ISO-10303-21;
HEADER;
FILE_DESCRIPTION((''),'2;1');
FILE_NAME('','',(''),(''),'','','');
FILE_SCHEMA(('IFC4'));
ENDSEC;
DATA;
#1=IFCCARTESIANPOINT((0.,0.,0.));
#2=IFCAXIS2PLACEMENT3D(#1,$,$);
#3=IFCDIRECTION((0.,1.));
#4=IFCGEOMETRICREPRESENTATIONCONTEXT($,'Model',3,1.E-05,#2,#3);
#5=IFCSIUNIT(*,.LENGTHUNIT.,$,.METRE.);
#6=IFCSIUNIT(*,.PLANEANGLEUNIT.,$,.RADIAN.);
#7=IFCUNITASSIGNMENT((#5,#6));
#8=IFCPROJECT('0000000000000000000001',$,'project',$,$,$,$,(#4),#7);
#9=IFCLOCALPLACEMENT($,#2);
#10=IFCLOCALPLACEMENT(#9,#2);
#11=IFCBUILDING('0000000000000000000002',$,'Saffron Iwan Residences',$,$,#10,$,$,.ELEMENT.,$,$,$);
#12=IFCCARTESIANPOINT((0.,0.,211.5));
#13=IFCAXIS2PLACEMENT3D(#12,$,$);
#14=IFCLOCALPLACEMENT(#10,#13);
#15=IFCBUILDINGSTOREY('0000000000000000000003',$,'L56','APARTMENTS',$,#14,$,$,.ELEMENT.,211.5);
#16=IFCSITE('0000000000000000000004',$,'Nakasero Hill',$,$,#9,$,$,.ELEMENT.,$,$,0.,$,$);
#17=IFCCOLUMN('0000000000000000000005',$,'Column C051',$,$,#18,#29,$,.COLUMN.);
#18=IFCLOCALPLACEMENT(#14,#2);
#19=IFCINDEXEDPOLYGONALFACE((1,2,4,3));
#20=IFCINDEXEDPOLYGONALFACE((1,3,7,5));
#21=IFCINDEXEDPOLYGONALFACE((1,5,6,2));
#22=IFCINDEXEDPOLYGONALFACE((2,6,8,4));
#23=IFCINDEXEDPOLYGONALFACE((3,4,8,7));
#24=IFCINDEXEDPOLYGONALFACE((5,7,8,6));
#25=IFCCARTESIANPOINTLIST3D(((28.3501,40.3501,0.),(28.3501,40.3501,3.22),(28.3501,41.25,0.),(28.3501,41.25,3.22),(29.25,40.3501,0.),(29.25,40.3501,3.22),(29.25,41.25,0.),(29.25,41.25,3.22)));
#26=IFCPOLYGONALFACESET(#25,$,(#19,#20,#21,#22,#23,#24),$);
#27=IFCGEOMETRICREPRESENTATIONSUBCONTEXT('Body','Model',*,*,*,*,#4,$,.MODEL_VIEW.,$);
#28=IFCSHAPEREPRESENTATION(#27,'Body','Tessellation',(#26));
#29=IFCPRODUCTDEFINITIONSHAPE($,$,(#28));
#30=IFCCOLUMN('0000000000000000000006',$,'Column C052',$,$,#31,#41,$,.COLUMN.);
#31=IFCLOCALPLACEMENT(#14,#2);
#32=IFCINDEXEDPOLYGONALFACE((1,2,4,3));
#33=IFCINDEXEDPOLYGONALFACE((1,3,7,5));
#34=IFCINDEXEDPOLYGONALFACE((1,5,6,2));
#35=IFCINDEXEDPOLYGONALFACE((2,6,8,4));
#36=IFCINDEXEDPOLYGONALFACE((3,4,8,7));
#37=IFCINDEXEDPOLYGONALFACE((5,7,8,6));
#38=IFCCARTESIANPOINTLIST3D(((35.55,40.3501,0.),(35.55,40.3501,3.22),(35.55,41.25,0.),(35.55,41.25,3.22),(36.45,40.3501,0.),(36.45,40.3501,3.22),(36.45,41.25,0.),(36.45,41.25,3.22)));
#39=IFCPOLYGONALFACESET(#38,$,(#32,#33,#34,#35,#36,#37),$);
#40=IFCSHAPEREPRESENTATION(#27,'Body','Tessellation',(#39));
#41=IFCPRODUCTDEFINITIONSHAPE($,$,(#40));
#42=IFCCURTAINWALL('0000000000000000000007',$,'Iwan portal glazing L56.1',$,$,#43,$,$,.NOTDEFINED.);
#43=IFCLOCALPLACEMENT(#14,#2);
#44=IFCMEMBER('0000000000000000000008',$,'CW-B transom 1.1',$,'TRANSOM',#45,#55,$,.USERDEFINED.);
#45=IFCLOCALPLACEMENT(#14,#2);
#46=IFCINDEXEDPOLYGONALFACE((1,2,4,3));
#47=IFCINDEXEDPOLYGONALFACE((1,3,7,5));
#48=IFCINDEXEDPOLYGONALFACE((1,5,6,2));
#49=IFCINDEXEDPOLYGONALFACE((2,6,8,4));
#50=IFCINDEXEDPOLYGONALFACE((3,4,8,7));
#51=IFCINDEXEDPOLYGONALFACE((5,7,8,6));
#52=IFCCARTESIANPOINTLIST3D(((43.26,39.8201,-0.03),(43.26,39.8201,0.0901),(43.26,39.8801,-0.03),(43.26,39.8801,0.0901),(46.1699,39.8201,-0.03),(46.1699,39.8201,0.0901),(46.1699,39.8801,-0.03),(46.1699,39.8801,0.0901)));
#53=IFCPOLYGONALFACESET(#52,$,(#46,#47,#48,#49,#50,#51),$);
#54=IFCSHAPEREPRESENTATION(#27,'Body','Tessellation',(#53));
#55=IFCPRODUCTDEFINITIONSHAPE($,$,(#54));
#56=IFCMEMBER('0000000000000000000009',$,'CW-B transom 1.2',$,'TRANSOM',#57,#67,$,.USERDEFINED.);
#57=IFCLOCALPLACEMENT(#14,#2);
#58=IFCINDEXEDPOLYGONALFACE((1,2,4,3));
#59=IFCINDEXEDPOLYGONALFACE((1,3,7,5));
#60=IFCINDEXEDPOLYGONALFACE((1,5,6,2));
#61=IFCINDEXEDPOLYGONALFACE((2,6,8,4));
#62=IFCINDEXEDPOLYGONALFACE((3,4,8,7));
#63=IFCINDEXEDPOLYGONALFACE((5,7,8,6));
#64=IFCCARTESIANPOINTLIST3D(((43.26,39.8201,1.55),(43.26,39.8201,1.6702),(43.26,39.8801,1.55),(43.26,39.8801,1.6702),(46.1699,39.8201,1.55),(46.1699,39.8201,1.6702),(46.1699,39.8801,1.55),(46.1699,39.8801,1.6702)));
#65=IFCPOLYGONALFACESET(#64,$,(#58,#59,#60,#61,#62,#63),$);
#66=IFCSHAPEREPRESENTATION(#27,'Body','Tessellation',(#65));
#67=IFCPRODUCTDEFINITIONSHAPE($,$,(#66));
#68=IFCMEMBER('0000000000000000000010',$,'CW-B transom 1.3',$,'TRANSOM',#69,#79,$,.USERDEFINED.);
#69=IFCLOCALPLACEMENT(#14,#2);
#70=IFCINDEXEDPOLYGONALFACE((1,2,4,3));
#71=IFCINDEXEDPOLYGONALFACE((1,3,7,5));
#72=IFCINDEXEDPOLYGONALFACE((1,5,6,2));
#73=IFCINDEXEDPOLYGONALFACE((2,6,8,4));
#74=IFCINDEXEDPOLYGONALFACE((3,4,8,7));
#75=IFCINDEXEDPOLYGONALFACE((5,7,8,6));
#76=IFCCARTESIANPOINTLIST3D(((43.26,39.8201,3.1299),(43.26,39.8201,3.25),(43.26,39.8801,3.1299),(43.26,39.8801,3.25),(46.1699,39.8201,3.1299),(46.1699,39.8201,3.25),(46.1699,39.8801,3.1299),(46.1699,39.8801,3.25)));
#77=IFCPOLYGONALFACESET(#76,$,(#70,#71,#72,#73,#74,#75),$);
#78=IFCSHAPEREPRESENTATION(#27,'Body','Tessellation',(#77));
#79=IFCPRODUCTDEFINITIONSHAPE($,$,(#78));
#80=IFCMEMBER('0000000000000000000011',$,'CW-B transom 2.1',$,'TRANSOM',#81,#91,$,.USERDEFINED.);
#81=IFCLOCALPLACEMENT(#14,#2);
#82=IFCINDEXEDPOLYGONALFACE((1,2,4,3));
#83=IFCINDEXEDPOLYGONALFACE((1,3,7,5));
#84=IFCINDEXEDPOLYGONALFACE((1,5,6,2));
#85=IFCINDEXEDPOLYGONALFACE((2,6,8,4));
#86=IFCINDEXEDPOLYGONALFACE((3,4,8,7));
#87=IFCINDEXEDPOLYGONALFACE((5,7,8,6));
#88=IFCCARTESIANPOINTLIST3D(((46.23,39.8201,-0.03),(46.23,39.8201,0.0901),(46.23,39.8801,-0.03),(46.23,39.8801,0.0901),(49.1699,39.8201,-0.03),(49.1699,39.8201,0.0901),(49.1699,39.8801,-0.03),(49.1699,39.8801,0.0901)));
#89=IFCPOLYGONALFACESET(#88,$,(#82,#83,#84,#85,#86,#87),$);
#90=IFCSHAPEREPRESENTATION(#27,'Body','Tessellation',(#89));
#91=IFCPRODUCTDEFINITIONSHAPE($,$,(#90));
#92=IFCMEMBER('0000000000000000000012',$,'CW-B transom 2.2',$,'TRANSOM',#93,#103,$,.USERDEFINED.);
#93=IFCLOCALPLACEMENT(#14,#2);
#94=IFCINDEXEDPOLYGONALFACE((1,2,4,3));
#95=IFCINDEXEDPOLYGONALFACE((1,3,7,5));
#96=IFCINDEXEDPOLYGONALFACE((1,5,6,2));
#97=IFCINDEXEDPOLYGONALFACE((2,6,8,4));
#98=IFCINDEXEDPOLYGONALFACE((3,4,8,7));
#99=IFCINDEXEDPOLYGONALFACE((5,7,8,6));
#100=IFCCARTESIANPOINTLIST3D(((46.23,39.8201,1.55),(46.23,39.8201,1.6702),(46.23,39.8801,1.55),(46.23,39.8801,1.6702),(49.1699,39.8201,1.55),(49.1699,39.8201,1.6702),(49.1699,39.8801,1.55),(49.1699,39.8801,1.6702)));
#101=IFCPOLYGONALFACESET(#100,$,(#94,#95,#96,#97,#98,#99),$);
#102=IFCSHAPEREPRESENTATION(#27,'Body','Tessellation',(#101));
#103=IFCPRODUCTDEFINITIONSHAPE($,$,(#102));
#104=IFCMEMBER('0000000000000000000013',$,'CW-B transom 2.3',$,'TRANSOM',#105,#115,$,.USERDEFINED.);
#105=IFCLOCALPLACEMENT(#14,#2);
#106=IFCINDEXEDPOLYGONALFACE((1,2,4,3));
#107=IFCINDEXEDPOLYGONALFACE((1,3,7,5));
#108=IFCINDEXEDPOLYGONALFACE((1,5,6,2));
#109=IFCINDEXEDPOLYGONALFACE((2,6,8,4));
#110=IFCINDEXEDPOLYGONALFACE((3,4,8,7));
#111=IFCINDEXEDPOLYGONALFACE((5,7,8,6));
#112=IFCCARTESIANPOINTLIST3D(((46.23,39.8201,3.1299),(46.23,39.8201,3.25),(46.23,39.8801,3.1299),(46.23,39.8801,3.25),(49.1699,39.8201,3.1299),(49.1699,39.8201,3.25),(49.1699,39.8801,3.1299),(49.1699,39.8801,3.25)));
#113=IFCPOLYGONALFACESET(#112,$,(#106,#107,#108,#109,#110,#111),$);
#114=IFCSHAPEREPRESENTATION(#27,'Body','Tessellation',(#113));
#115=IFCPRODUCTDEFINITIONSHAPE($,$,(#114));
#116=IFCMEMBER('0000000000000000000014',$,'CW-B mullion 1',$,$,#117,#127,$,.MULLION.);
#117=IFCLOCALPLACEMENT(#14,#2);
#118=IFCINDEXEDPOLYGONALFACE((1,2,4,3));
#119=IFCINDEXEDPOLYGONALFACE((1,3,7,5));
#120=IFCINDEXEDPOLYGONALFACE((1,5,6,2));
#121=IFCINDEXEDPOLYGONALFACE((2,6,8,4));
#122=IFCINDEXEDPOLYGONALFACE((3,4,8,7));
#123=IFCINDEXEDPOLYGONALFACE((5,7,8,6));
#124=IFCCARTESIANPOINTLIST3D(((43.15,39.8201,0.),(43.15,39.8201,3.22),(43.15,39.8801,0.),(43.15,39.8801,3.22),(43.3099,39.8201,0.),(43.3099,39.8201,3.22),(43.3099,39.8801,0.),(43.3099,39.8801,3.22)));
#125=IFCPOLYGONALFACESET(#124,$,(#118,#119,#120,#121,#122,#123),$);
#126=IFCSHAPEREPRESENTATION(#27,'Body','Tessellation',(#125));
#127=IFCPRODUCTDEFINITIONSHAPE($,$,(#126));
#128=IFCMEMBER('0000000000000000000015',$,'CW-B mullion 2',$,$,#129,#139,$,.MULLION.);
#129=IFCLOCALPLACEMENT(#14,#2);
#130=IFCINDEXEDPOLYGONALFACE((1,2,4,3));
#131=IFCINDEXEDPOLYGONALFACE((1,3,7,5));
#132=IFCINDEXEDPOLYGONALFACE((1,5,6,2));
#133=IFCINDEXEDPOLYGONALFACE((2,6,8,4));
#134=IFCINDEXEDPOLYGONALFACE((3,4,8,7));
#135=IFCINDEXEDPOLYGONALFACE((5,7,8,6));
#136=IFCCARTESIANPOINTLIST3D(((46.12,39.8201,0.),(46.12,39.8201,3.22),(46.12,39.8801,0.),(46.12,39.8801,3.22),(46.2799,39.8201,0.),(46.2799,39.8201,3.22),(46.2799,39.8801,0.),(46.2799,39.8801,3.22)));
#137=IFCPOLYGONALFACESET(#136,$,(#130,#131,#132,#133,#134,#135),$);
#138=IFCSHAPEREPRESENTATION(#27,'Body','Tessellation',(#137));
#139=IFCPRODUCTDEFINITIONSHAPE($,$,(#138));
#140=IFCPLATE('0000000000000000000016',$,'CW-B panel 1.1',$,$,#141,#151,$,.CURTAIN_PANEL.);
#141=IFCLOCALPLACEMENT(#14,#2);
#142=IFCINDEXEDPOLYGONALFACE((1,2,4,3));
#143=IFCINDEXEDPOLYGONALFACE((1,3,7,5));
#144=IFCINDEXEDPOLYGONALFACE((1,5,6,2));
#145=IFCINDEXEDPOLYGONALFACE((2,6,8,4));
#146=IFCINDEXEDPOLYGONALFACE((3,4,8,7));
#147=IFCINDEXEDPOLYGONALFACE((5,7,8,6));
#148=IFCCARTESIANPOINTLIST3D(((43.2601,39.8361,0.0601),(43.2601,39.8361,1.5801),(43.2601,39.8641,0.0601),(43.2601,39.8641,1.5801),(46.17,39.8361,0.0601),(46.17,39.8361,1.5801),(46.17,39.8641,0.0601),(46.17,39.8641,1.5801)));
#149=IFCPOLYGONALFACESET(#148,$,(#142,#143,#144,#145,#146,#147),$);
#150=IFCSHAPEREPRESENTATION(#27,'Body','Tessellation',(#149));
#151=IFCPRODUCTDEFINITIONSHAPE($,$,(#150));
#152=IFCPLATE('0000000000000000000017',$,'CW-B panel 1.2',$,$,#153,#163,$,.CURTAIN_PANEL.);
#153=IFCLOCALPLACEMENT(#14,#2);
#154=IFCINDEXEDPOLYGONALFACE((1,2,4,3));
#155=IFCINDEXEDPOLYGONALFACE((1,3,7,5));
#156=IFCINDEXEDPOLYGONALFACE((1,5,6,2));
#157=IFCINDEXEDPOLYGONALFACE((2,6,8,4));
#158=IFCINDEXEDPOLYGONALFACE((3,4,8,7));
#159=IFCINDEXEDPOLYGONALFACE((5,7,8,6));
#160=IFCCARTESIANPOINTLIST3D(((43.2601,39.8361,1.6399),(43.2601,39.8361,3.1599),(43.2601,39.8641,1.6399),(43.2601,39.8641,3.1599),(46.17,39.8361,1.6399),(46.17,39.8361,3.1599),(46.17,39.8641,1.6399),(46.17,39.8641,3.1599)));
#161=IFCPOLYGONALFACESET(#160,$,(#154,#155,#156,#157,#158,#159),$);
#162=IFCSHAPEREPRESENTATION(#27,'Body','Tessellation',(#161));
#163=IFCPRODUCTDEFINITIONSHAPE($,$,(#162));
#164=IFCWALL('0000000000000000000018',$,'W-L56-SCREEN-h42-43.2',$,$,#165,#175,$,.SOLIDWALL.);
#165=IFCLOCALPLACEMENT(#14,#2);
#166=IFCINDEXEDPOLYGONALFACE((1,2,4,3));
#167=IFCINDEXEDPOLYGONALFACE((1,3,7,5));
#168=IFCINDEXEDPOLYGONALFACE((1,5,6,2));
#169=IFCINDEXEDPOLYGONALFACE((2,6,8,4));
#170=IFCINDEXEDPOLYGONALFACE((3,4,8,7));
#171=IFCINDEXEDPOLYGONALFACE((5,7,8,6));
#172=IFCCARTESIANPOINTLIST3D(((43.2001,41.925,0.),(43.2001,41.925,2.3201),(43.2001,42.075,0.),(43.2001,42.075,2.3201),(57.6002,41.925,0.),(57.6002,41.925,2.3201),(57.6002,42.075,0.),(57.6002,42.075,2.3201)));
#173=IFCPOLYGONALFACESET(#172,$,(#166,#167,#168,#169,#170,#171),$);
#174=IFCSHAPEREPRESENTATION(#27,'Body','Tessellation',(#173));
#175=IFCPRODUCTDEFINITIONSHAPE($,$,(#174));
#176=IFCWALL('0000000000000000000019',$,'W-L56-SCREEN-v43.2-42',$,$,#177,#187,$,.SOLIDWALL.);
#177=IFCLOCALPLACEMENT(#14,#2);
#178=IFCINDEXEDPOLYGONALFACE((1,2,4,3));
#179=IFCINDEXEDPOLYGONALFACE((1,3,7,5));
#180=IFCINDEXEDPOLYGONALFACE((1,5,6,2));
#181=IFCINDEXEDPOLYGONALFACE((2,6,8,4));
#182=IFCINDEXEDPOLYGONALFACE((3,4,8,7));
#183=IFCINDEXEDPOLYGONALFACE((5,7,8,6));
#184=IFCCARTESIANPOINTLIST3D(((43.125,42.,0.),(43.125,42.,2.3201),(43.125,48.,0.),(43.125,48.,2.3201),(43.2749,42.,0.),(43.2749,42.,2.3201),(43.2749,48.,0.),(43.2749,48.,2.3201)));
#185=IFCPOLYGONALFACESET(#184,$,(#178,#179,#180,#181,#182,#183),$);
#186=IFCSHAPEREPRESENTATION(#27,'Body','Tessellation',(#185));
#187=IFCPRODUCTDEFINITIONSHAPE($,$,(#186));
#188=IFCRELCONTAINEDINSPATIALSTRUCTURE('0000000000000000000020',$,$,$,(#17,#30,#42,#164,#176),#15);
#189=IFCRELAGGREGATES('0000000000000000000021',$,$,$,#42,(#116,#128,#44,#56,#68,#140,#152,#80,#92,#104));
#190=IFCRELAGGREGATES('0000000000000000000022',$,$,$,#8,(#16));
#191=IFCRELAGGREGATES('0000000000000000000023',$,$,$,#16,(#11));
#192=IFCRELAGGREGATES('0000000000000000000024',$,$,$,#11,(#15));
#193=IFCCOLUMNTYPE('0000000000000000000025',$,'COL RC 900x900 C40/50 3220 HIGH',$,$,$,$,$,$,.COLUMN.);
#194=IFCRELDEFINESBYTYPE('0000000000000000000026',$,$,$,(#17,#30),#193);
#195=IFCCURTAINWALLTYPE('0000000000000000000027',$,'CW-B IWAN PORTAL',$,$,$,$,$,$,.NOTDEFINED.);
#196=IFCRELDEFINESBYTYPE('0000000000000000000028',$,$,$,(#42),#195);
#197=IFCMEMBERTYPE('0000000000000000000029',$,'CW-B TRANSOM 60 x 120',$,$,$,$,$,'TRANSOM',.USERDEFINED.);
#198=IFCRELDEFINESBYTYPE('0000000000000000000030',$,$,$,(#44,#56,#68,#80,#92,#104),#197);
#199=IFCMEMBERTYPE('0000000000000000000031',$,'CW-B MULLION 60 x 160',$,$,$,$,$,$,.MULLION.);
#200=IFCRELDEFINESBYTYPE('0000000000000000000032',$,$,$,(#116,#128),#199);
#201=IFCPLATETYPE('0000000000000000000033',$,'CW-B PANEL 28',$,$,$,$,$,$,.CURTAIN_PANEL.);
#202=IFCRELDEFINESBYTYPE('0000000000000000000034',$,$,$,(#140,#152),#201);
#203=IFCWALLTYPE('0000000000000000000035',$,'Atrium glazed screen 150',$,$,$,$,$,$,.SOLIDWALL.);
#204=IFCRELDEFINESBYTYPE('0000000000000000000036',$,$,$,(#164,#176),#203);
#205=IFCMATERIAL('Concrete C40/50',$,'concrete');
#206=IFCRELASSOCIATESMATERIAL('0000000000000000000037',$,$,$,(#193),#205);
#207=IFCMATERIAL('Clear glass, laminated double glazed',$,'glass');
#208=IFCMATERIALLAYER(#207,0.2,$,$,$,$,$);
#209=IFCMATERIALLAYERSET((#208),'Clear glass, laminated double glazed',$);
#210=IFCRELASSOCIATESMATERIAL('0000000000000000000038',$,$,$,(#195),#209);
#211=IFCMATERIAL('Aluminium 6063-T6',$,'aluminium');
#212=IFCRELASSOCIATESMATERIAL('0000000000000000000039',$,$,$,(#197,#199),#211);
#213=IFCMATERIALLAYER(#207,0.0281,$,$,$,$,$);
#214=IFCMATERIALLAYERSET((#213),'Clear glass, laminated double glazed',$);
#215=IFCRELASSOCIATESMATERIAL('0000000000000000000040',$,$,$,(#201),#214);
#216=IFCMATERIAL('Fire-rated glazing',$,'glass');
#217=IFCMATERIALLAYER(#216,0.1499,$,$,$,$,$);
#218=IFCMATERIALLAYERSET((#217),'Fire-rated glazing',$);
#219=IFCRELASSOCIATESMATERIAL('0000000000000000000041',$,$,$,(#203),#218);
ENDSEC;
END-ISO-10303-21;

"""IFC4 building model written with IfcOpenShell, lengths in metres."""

from ifc_helpers import new_model, si_unit, direction, frame, frame_2d, origin, origin_2d, place, context, subcontext, project, spatial, rectangle, extrude, source, transform, mapped, material, layer, layer_set, material_profile, profile_set, type_object, element, aggregate, save


model = new_model("IFC4")

# Units and contexts
model_context = context("Model", 3, precision=1e-05, world=origin(), true_north=direction((0.0, 1.0)))
body_context = subcontext(model_context, "Body", "Model", "MODEL_VIEW")
ifc_project = project(units=[si_unit("LENGTHUNIT", "METRE"), si_unit("PLANEANGLEUNIT", "RADIAN")], contexts=[model_context])

# Site, building, storey
site_placement = place(None, origin())
site = spatial("IfcSite", under=ifc_project, at=site_placement, Name="Nakasero Hill", CompositionType="ELEMENT", RefElevation=0.0)
building_placement = place(site_placement, origin())
building = spatial("IfcBuilding", under=site, at=building_placement, Name="Saffron Iwan Residences", CompositionType="ELEMENT")
storey_placement = place(building_placement, frame((0.0, 0.0, 211.5)))
storey = spatial("IfcBuildingStorey", under=building, at=storey_placement, Name="L56", Description="APARTMENTS", CompositionType="ELEMENT", Elevation=211.5)

# Columns
ifc_material_1 = material(Name="Concrete C40/50", Category="concrete")
ifc_material_profile_1 = material_profile(ifc_material_1, rectangle(XDim=0.8999, YDim=0.8999, at=origin_2d()), Name="RC 900x900")
ifc_profile_set_1 = profile_set([ifc_material_profile_1], Name="Concrete C40/50")
column_type = type_object("IfcColumnType", Name="COL RC 900x900 C40/50 3220 HIGH", PredefinedType="COLUMN", material=ifc_profile_set_1)
shared_shape_1 = source(origin(), body_context, "Body", "SweptSolid", [
    extrude(rectangle(XDim=0.8999, YDim=0.8999, at=origin_2d()), origin(), (0.0, 0.0, 1.0), 3.22),
])
for number, where, z_axis, x_axis, name in (
    (1, (28.8, 40.8, 0.0), (0.0, 0.0, 1.0), (1.0, 0.0, 0.0), "Column C051"),
    (2, (36.0, 40.8, 0.0), (0.0, 0.0, 1.0), (1.0, 0.0, 0.0), "Column C052"),
):
    element("IfcColumn", number, at=place(storey_placement, frame(where, z_axis=z_axis, x_axis=x_axis)), inside=storey, type_object=column_type, Name=name, PredefinedType="COLUMN", context=body_context, shape_type="MappedRepresentation", body=[
        mapped(shared_shape_1, transform((0.0, 0.0, 0.0))),
    ])

# Curtain wall, members, plates
ifc_material_2 = material(Name="Clear glass, laminated double glazed", Category="glass")
ifc_layer_1 = layer(ifc_material_2, 0.2)
ifc_layer_set_1 = layer_set([ifc_layer_1], Name="Clear glass, laminated double glazed")
curtain_wall_type = type_object("IfcCurtainWallType", Name="CW-B IWAN PORTAL", PredefinedType="NOTDEFINED", material=ifc_layer_set_1)
curtain_wall_placement = place(storey_placement, origin())
curtain_wall = element("IfcCurtainWall", 3, at=curtain_wall_placement, inside=storey, type_object=curtain_wall_type, Name="Iwan portal glazing L56.1", PredefinedType="NOTDEFINED")
ifc_material_3 = material(Name="Aluminium 6063-T6", Category="aluminium")
ifc_material_profile_2 = material_profile(ifc_material_3, rectangle(XDim=0.0601, YDim=0.1201, at=origin_2d()), Name="CW-B TRANSOM 60 x 120")
ifc_profile_set_2 = profile_set([ifc_material_profile_2], Name="Aluminium 6063-T6")
member_type_1 = type_object("IfcMemberType", Name="CW-B TRANSOM 60 x 120", ElementType="TRANSOM", PredefinedType="USERDEFINED", material=ifc_profile_set_2)
shared_shape_2 = source(origin(), body_context, "Body", "SweptSolid", [
    extrude(rectangle(XDim=0.0601, YDim=0.1201, at=origin_2d()), origin(), (0.0, 0.0, 1.0), 2.9099),
])
member_1_placement = place(storey_placement, frame((43.26, 39.8501, 0.03), z_axis=(1.0, 0.0, 0.0), x_axis=(0.0, 1.0, 0.0)))
member_1 = element("IfcMember", 4, at=member_1_placement, type_object=member_type_1, Name="CW-B transom 1.1", ObjectType="TRANSOM", PredefinedType="USERDEFINED", context=body_context, shape_type="MappedRepresentation", body=[
    mapped(shared_shape_2, transform((0.0, 0.0, 0.0))),
])
member_2_placement = place(storey_placement, frame((43.26, 39.8501, 1.6101), z_axis=(1.0, 0.0, 0.0), x_axis=(0.0, 1.0, 0.0)))
member_2 = element("IfcMember", 5, at=member_2_placement, type_object=member_type_1, Name="CW-B transom 1.2", ObjectType="TRANSOM", PredefinedType="USERDEFINED", context=body_context, shape_type="MappedRepresentation", body=[
    mapped(shared_shape_2, transform((0.0, 0.0, 0.0))),
])
member_3_placement = place(storey_placement, frame((43.26, 39.8501, 3.1899), z_axis=(1.0, 0.0, 0.0), x_axis=(0.0, 1.0, 0.0)))
member_3 = element("IfcMember", 6, at=member_3_placement, type_object=member_type_1, Name="CW-B transom 1.3", ObjectType="TRANSOM", PredefinedType="USERDEFINED", context=body_context, shape_type="MappedRepresentation", body=[
    mapped(shared_shape_2, transform((0.0, 0.0, 0.0))),
])
shared_shape_3 = source(origin(), body_context, "Body", "SweptSolid", [
    extrude(rectangle(XDim=0.0601, YDim=0.1201, at=origin_2d()), origin(), (0.0, 0.0, 1.0), 2.9399),
])
member_4_placement = place(storey_placement, frame((46.23, 39.8501, 0.03), z_axis=(1.0, 0.0, 0.0), x_axis=(0.0, 1.0, 0.0)))
member_4 = element("IfcMember", 7, at=member_4_placement, type_object=member_type_1, Name="CW-B transom 2.1", ObjectType="TRANSOM", PredefinedType="USERDEFINED", context=body_context, shape_type="MappedRepresentation", body=[
    mapped(shared_shape_3, transform((0.0, 0.0, 0.0))),
])
member_5_placement = place(storey_placement, frame((46.23, 39.8501, 1.6101), z_axis=(1.0, 0.0, 0.0), x_axis=(0.0, 1.0, 0.0)))
member_5 = element("IfcMember", 8, at=member_5_placement, type_object=member_type_1, Name="CW-B transom 2.2", ObjectType="TRANSOM", PredefinedType="USERDEFINED", context=body_context, shape_type="MappedRepresentation", body=[
    mapped(shared_shape_3, transform((0.0, 0.0, 0.0))),
])
member_6_placement = place(storey_placement, frame((46.23, 39.8501, 3.1899), z_axis=(1.0, 0.0, 0.0), x_axis=(0.0, 1.0, 0.0)))
member_6 = element("IfcMember", 9, at=member_6_placement, type_object=member_type_1, Name="CW-B transom 2.3", ObjectType="TRANSOM", PredefinedType="USERDEFINED", context=body_context, shape_type="MappedRepresentation", body=[
    mapped(shared_shape_3, transform((0.0, 0.0, 0.0))),
])
ifc_material_profile_3 = material_profile(ifc_material_3, rectangle(XDim=0.0601, YDim=0.1599, at=origin_2d()), Name="CW-B MULLION 60 x 160")
ifc_profile_set_3 = profile_set([ifc_material_profile_3], Name="Aluminium 6063-T6")
member_type_2 = type_object("IfcMemberType", Name="CW-B MULLION 60 x 160", PredefinedType="MULLION", material=ifc_profile_set_3)
shared_shape_4 = source(origin(), body_context, "Body", "SweptSolid", [
    extrude(rectangle(XDim=0.0601, YDim=0.1599, at=origin_2d()), origin(), (0.0, 0.0, 1.0), 3.22),
])
member_7_placement = place(storey_placement, frame((43.23, 39.8501, 0.0), z_axis=(0.0, 0.0, 1.0), x_axis=(0.0, 1.0, 0.0)))
member_7 = element("IfcMember", 10, at=member_7_placement, type_object=member_type_2, Name="CW-B mullion 1", PredefinedType="MULLION", context=body_context, shape_type="MappedRepresentation", body=[
    mapped(shared_shape_4, transform((0.0, 0.0, 0.0))),
])
member_8_placement = place(storey_placement, frame((46.2, 39.8501, 0.0), z_axis=(0.0, 0.0, 1.0), x_axis=(0.0, 1.0, 0.0)))
member_8 = element("IfcMember", 11, at=member_8_placement, type_object=member_type_2, Name="CW-B mullion 2", PredefinedType="MULLION", context=body_context, shape_type="MappedRepresentation", body=[
    mapped(shared_shape_4, transform((0.0, 0.0, 0.0))),
])
ifc_layer_2 = layer(ifc_material_2, 0.0281)
ifc_layer_set_2 = layer_set([ifc_layer_2], Name="Clear glass, laminated double glazed")
plate_type = type_object("IfcPlateType", Name="CW-B PANEL 28", PredefinedType="CURTAIN_PANEL", material=ifc_layer_set_2)
shared_shape_5 = source(origin(), body_context, "Body", "SweptSolid", [
    extrude(rectangle(XDim=2.9099, YDim=0.0281, at=origin_2d()), origin(), (0.0, 0.0, 1.0), 1.52),
])
plate_1_placement = place(storey_placement, frame((44.7151, 39.8501, 0.0601), z_axis=(0.0, 0.0, 1.0), x_axis=(1.0, 0.0, 0.0)))
plate_1 = element("IfcPlate", 12, at=plate_1_placement, type_object=plate_type, Name="CW-B panel 1.1", PredefinedType="CURTAIN_PANEL", context=body_context, shape_type="MappedRepresentation", body=[
    mapped(shared_shape_5, transform((0.0, 0.0, 0.0))),
])
plate_2_placement = place(storey_placement, frame((44.7151, 39.8501, 1.6399), z_axis=(0.0, 0.0, 1.0), x_axis=(1.0, 0.0, 0.0)))
plate_2 = element("IfcPlate", 13, at=plate_2_placement, type_object=plate_type, Name="CW-B panel 1.2", PredefinedType="CURTAIN_PANEL", context=body_context, shape_type="MappedRepresentation", body=[
    mapped(shared_shape_5, transform((0.0, 0.0, 0.0))),
])
aggregate(curtain_wall, [member_7, member_8, member_1, member_2, member_3, plate_1, plate_2, member_4, member_5, member_6])

# Walls
ifc_material_4 = material(Name="Fire-rated glazing", Category="glass")
ifc_layer_3 = layer(ifc_material_4, 0.1499)
ifc_layer_set_3 = layer_set([ifc_layer_3], Name="Fire-rated glazing")
wall_type_1 = type_object("IfcWallType", Name="Atrium glazed screen 150", PredefinedType="SOLIDWALL", material=ifc_layer_set_3)
wall_1_placement = place(storey_placement, frame((43.2, 42.0, 0.0), z_axis=(0.0, 0.0, 1.0), x_axis=(1.0, 0.0, 0.0)))
element("IfcWall", 14, at=wall_1_placement, inside=storey, type_object=wall_type_1, Name="W-L56-SCREEN-h42-43.2", PredefinedType="SOLIDWALL", context=body_context, shape_type="SweptSolid", body=[
    extrude(rectangle(XDim=14.4001, YDim=0.1499, at=frame_2d((7.2002, 0.0))), origin(), (0.0, 0.0, 1.0), 2.3201),
])
wall_2_placement = place(storey_placement, frame((43.2, 42.0, 0.0), z_axis=(0.0, 0.0, 1.0), x_axis=(0.0, 1.0, 0.0)))
element("IfcWall", 15, at=wall_2_placement, inside=storey, type_object=wall_type_1, Name="W-L56-SCREEN-v43.2-42", PredefinedType="SOLIDWALL", context=body_context, shape_type="SweptSolid", body=[
    extrude(rectangle(XDim=6.0, YDim=0.1499, at=frame_2d((3.0, 0.0))), origin(), (0.0, 0.0, 1.0), 2.3201),
])

save(model, "model.ifc")
